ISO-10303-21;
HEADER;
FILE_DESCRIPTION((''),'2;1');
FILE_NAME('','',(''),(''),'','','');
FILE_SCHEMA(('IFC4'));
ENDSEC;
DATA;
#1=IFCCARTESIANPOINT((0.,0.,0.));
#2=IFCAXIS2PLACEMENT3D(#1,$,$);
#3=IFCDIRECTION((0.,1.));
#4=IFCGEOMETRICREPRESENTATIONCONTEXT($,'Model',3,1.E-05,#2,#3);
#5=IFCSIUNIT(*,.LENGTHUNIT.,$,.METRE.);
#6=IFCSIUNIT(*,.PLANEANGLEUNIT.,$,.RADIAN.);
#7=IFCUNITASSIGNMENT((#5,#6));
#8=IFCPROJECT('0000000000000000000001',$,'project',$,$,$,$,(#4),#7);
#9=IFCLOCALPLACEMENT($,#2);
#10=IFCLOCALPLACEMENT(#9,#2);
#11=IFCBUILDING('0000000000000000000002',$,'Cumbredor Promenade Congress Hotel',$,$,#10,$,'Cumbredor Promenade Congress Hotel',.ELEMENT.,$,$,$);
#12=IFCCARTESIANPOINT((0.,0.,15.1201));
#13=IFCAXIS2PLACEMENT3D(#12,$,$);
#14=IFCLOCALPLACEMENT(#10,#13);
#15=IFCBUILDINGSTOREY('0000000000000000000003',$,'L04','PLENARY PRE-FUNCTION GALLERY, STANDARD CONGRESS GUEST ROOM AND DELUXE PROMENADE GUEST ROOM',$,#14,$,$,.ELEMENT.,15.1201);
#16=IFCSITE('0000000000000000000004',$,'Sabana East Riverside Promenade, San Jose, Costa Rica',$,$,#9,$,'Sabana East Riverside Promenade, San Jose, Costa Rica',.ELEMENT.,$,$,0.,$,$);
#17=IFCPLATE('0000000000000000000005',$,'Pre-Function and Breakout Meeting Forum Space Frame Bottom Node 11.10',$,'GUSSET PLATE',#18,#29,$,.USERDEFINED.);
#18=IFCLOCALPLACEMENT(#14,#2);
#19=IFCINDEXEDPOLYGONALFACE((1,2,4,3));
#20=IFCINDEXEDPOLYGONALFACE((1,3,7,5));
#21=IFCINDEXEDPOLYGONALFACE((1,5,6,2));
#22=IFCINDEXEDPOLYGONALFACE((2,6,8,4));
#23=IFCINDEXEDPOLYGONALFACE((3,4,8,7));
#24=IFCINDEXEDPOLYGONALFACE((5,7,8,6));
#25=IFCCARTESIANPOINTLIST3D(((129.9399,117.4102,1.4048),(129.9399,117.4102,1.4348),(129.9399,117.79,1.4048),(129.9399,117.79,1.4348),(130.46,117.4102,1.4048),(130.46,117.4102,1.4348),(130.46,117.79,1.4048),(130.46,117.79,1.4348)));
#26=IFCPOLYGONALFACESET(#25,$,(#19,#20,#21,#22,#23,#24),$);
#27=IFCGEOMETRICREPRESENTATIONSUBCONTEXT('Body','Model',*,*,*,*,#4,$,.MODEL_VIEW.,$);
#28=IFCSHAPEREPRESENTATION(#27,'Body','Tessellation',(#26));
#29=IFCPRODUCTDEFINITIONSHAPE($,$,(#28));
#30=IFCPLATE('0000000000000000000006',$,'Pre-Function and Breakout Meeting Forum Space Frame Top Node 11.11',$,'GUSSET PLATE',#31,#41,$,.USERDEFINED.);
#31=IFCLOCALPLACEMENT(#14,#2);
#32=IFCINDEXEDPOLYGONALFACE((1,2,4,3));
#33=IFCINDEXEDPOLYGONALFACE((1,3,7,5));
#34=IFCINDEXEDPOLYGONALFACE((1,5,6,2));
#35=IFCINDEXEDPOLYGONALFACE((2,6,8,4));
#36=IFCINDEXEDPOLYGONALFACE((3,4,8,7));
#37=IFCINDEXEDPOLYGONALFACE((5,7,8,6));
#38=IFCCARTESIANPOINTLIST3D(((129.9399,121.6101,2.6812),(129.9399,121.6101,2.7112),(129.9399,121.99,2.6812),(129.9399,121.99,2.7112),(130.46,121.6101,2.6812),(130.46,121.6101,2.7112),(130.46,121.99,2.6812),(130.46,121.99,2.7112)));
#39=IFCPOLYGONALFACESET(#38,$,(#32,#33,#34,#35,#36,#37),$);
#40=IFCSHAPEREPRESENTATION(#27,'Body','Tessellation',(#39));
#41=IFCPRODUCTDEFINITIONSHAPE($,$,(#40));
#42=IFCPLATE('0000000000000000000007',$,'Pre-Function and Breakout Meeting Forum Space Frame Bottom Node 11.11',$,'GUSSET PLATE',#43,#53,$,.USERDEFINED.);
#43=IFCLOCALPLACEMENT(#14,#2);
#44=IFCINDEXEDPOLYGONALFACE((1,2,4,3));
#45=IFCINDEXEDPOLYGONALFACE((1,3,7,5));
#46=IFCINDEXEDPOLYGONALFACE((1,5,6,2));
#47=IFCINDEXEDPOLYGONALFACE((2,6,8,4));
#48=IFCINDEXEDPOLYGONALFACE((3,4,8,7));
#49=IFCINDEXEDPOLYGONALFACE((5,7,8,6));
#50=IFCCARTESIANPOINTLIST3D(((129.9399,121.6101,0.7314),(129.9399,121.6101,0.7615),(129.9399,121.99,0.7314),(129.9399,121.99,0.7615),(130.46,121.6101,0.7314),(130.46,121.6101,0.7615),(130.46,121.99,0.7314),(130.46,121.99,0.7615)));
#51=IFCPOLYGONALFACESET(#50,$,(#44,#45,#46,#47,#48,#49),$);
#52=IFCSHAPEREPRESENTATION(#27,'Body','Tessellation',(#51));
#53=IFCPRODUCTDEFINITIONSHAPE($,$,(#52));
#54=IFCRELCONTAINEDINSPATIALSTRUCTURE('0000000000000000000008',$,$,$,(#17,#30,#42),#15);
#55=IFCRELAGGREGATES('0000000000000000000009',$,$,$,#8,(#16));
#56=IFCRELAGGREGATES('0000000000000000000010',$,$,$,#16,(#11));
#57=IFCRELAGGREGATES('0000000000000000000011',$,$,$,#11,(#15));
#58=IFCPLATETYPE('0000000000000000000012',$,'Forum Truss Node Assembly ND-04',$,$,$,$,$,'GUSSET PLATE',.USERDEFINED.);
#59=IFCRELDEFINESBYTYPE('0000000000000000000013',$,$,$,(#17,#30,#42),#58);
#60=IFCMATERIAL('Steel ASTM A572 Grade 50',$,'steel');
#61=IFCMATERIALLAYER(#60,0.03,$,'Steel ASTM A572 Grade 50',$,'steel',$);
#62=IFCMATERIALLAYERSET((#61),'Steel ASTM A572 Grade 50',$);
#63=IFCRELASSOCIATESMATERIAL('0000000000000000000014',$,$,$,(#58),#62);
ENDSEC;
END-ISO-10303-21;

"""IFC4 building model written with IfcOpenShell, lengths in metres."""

from ifc_helpers import new_model, si_unit, direction, frame, origin, origin_2d, place, context, subcontext, project, spatial, rectangle, extrude, material, layer, layer_set, type_object, element, save


model = new_model("IFC4")

# Units and contexts
model_context = context("Model", 3, precision=1e-05, world=origin(), true_north=direction((0.0, 1.0)))
body_context = subcontext(model_context, "Body", "Model", "MODEL_VIEW")
ifc_project = project(units=[si_unit("LENGTHUNIT", "METRE"), si_unit("PLANEANGLEUNIT", "RADIAN")], contexts=[model_context])

# Site, building, storey
site_placement = place(None, origin())
site = spatial("IfcSite", under=ifc_project, at=site_placement, Name="Sabana East Riverside Promenade, San Jose, Costa Rica", LongName="Sabana East Riverside Promenade, San Jose, Costa Rica", CompositionType="ELEMENT", RefElevation=0.0)
building_placement = place(site_placement, origin())
building = spatial("IfcBuilding", under=site, at=building_placement, Name="Cumbredor Promenade Congress Hotel", LongName="Cumbredor Promenade Congress Hotel", CompositionType="ELEMENT")
storey_placement = place(building_placement, frame((0.0, 0.0, 15.1201)))
storey = spatial("IfcBuildingStorey", under=building, at=storey_placement, Name="L04", Description="PLENARY PRE-FUNCTION GALLERY, STANDARD CONGRESS GUEST ROOM AND DELUXE PROMENADE GUEST ROOM", CompositionType="ELEMENT", Elevation=15.1201)

# Plates
ifc_material_1 = material(Name="Steel ASTM A572 Grade 50", Category="steel")
ifc_layer_1 = layer(ifc_material_1, 0.03, Name="Steel ASTM A572 Grade 50", Category="steel")
ifc_layer_set_1 = layer_set([ifc_layer_1], Name="Steel ASTM A572 Grade 50")
plate_type_1 = type_object("IfcPlateType", Name="Forum Truss Node Assembly ND-04", ElementType="GUSSET PLATE", PredefinedType="USERDEFINED", material=ifc_layer_set_1)
for number, where, z_axis, x_axis, name in (
    (1, (130.2, 117.6001, 1.4048), (0.0, 0.0, 1.0), (1.0, 0.0, 0.0), "Pre-Function and Breakout Meeting Forum Space Frame Bottom Node 11.10"),
    (2, (130.2, 121.8, 2.6812), (0.0, 0.0, 1.0), (1.0, 0.0, 0.0), "Pre-Function and Breakout Meeting Forum Space Frame Top Node 11.11"),
    (3, (130.2, 121.8, 0.7314), (0.0, 0.0, 1.0), (1.0, 0.0, 0.0), "Pre-Function and Breakout Meeting Forum Space Frame Bottom Node 11.11"),
):
    element("IfcPlate", number, at=place(storey_placement, frame(where, z_axis=z_axis, x_axis=x_axis)), inside=storey, type_object=plate_type_1, Name=name, ObjectType="GUSSET PLATE", PredefinedType="USERDEFINED", context=body_context, shape_type="SweptSolid", body=[
        extrude(rectangle(XDim=0.52, YDim=0.3799, at=origin_2d()), origin(), (0.0, 0.0, 1.0), 0.03),
    ])

save(model, "model.ifc")
